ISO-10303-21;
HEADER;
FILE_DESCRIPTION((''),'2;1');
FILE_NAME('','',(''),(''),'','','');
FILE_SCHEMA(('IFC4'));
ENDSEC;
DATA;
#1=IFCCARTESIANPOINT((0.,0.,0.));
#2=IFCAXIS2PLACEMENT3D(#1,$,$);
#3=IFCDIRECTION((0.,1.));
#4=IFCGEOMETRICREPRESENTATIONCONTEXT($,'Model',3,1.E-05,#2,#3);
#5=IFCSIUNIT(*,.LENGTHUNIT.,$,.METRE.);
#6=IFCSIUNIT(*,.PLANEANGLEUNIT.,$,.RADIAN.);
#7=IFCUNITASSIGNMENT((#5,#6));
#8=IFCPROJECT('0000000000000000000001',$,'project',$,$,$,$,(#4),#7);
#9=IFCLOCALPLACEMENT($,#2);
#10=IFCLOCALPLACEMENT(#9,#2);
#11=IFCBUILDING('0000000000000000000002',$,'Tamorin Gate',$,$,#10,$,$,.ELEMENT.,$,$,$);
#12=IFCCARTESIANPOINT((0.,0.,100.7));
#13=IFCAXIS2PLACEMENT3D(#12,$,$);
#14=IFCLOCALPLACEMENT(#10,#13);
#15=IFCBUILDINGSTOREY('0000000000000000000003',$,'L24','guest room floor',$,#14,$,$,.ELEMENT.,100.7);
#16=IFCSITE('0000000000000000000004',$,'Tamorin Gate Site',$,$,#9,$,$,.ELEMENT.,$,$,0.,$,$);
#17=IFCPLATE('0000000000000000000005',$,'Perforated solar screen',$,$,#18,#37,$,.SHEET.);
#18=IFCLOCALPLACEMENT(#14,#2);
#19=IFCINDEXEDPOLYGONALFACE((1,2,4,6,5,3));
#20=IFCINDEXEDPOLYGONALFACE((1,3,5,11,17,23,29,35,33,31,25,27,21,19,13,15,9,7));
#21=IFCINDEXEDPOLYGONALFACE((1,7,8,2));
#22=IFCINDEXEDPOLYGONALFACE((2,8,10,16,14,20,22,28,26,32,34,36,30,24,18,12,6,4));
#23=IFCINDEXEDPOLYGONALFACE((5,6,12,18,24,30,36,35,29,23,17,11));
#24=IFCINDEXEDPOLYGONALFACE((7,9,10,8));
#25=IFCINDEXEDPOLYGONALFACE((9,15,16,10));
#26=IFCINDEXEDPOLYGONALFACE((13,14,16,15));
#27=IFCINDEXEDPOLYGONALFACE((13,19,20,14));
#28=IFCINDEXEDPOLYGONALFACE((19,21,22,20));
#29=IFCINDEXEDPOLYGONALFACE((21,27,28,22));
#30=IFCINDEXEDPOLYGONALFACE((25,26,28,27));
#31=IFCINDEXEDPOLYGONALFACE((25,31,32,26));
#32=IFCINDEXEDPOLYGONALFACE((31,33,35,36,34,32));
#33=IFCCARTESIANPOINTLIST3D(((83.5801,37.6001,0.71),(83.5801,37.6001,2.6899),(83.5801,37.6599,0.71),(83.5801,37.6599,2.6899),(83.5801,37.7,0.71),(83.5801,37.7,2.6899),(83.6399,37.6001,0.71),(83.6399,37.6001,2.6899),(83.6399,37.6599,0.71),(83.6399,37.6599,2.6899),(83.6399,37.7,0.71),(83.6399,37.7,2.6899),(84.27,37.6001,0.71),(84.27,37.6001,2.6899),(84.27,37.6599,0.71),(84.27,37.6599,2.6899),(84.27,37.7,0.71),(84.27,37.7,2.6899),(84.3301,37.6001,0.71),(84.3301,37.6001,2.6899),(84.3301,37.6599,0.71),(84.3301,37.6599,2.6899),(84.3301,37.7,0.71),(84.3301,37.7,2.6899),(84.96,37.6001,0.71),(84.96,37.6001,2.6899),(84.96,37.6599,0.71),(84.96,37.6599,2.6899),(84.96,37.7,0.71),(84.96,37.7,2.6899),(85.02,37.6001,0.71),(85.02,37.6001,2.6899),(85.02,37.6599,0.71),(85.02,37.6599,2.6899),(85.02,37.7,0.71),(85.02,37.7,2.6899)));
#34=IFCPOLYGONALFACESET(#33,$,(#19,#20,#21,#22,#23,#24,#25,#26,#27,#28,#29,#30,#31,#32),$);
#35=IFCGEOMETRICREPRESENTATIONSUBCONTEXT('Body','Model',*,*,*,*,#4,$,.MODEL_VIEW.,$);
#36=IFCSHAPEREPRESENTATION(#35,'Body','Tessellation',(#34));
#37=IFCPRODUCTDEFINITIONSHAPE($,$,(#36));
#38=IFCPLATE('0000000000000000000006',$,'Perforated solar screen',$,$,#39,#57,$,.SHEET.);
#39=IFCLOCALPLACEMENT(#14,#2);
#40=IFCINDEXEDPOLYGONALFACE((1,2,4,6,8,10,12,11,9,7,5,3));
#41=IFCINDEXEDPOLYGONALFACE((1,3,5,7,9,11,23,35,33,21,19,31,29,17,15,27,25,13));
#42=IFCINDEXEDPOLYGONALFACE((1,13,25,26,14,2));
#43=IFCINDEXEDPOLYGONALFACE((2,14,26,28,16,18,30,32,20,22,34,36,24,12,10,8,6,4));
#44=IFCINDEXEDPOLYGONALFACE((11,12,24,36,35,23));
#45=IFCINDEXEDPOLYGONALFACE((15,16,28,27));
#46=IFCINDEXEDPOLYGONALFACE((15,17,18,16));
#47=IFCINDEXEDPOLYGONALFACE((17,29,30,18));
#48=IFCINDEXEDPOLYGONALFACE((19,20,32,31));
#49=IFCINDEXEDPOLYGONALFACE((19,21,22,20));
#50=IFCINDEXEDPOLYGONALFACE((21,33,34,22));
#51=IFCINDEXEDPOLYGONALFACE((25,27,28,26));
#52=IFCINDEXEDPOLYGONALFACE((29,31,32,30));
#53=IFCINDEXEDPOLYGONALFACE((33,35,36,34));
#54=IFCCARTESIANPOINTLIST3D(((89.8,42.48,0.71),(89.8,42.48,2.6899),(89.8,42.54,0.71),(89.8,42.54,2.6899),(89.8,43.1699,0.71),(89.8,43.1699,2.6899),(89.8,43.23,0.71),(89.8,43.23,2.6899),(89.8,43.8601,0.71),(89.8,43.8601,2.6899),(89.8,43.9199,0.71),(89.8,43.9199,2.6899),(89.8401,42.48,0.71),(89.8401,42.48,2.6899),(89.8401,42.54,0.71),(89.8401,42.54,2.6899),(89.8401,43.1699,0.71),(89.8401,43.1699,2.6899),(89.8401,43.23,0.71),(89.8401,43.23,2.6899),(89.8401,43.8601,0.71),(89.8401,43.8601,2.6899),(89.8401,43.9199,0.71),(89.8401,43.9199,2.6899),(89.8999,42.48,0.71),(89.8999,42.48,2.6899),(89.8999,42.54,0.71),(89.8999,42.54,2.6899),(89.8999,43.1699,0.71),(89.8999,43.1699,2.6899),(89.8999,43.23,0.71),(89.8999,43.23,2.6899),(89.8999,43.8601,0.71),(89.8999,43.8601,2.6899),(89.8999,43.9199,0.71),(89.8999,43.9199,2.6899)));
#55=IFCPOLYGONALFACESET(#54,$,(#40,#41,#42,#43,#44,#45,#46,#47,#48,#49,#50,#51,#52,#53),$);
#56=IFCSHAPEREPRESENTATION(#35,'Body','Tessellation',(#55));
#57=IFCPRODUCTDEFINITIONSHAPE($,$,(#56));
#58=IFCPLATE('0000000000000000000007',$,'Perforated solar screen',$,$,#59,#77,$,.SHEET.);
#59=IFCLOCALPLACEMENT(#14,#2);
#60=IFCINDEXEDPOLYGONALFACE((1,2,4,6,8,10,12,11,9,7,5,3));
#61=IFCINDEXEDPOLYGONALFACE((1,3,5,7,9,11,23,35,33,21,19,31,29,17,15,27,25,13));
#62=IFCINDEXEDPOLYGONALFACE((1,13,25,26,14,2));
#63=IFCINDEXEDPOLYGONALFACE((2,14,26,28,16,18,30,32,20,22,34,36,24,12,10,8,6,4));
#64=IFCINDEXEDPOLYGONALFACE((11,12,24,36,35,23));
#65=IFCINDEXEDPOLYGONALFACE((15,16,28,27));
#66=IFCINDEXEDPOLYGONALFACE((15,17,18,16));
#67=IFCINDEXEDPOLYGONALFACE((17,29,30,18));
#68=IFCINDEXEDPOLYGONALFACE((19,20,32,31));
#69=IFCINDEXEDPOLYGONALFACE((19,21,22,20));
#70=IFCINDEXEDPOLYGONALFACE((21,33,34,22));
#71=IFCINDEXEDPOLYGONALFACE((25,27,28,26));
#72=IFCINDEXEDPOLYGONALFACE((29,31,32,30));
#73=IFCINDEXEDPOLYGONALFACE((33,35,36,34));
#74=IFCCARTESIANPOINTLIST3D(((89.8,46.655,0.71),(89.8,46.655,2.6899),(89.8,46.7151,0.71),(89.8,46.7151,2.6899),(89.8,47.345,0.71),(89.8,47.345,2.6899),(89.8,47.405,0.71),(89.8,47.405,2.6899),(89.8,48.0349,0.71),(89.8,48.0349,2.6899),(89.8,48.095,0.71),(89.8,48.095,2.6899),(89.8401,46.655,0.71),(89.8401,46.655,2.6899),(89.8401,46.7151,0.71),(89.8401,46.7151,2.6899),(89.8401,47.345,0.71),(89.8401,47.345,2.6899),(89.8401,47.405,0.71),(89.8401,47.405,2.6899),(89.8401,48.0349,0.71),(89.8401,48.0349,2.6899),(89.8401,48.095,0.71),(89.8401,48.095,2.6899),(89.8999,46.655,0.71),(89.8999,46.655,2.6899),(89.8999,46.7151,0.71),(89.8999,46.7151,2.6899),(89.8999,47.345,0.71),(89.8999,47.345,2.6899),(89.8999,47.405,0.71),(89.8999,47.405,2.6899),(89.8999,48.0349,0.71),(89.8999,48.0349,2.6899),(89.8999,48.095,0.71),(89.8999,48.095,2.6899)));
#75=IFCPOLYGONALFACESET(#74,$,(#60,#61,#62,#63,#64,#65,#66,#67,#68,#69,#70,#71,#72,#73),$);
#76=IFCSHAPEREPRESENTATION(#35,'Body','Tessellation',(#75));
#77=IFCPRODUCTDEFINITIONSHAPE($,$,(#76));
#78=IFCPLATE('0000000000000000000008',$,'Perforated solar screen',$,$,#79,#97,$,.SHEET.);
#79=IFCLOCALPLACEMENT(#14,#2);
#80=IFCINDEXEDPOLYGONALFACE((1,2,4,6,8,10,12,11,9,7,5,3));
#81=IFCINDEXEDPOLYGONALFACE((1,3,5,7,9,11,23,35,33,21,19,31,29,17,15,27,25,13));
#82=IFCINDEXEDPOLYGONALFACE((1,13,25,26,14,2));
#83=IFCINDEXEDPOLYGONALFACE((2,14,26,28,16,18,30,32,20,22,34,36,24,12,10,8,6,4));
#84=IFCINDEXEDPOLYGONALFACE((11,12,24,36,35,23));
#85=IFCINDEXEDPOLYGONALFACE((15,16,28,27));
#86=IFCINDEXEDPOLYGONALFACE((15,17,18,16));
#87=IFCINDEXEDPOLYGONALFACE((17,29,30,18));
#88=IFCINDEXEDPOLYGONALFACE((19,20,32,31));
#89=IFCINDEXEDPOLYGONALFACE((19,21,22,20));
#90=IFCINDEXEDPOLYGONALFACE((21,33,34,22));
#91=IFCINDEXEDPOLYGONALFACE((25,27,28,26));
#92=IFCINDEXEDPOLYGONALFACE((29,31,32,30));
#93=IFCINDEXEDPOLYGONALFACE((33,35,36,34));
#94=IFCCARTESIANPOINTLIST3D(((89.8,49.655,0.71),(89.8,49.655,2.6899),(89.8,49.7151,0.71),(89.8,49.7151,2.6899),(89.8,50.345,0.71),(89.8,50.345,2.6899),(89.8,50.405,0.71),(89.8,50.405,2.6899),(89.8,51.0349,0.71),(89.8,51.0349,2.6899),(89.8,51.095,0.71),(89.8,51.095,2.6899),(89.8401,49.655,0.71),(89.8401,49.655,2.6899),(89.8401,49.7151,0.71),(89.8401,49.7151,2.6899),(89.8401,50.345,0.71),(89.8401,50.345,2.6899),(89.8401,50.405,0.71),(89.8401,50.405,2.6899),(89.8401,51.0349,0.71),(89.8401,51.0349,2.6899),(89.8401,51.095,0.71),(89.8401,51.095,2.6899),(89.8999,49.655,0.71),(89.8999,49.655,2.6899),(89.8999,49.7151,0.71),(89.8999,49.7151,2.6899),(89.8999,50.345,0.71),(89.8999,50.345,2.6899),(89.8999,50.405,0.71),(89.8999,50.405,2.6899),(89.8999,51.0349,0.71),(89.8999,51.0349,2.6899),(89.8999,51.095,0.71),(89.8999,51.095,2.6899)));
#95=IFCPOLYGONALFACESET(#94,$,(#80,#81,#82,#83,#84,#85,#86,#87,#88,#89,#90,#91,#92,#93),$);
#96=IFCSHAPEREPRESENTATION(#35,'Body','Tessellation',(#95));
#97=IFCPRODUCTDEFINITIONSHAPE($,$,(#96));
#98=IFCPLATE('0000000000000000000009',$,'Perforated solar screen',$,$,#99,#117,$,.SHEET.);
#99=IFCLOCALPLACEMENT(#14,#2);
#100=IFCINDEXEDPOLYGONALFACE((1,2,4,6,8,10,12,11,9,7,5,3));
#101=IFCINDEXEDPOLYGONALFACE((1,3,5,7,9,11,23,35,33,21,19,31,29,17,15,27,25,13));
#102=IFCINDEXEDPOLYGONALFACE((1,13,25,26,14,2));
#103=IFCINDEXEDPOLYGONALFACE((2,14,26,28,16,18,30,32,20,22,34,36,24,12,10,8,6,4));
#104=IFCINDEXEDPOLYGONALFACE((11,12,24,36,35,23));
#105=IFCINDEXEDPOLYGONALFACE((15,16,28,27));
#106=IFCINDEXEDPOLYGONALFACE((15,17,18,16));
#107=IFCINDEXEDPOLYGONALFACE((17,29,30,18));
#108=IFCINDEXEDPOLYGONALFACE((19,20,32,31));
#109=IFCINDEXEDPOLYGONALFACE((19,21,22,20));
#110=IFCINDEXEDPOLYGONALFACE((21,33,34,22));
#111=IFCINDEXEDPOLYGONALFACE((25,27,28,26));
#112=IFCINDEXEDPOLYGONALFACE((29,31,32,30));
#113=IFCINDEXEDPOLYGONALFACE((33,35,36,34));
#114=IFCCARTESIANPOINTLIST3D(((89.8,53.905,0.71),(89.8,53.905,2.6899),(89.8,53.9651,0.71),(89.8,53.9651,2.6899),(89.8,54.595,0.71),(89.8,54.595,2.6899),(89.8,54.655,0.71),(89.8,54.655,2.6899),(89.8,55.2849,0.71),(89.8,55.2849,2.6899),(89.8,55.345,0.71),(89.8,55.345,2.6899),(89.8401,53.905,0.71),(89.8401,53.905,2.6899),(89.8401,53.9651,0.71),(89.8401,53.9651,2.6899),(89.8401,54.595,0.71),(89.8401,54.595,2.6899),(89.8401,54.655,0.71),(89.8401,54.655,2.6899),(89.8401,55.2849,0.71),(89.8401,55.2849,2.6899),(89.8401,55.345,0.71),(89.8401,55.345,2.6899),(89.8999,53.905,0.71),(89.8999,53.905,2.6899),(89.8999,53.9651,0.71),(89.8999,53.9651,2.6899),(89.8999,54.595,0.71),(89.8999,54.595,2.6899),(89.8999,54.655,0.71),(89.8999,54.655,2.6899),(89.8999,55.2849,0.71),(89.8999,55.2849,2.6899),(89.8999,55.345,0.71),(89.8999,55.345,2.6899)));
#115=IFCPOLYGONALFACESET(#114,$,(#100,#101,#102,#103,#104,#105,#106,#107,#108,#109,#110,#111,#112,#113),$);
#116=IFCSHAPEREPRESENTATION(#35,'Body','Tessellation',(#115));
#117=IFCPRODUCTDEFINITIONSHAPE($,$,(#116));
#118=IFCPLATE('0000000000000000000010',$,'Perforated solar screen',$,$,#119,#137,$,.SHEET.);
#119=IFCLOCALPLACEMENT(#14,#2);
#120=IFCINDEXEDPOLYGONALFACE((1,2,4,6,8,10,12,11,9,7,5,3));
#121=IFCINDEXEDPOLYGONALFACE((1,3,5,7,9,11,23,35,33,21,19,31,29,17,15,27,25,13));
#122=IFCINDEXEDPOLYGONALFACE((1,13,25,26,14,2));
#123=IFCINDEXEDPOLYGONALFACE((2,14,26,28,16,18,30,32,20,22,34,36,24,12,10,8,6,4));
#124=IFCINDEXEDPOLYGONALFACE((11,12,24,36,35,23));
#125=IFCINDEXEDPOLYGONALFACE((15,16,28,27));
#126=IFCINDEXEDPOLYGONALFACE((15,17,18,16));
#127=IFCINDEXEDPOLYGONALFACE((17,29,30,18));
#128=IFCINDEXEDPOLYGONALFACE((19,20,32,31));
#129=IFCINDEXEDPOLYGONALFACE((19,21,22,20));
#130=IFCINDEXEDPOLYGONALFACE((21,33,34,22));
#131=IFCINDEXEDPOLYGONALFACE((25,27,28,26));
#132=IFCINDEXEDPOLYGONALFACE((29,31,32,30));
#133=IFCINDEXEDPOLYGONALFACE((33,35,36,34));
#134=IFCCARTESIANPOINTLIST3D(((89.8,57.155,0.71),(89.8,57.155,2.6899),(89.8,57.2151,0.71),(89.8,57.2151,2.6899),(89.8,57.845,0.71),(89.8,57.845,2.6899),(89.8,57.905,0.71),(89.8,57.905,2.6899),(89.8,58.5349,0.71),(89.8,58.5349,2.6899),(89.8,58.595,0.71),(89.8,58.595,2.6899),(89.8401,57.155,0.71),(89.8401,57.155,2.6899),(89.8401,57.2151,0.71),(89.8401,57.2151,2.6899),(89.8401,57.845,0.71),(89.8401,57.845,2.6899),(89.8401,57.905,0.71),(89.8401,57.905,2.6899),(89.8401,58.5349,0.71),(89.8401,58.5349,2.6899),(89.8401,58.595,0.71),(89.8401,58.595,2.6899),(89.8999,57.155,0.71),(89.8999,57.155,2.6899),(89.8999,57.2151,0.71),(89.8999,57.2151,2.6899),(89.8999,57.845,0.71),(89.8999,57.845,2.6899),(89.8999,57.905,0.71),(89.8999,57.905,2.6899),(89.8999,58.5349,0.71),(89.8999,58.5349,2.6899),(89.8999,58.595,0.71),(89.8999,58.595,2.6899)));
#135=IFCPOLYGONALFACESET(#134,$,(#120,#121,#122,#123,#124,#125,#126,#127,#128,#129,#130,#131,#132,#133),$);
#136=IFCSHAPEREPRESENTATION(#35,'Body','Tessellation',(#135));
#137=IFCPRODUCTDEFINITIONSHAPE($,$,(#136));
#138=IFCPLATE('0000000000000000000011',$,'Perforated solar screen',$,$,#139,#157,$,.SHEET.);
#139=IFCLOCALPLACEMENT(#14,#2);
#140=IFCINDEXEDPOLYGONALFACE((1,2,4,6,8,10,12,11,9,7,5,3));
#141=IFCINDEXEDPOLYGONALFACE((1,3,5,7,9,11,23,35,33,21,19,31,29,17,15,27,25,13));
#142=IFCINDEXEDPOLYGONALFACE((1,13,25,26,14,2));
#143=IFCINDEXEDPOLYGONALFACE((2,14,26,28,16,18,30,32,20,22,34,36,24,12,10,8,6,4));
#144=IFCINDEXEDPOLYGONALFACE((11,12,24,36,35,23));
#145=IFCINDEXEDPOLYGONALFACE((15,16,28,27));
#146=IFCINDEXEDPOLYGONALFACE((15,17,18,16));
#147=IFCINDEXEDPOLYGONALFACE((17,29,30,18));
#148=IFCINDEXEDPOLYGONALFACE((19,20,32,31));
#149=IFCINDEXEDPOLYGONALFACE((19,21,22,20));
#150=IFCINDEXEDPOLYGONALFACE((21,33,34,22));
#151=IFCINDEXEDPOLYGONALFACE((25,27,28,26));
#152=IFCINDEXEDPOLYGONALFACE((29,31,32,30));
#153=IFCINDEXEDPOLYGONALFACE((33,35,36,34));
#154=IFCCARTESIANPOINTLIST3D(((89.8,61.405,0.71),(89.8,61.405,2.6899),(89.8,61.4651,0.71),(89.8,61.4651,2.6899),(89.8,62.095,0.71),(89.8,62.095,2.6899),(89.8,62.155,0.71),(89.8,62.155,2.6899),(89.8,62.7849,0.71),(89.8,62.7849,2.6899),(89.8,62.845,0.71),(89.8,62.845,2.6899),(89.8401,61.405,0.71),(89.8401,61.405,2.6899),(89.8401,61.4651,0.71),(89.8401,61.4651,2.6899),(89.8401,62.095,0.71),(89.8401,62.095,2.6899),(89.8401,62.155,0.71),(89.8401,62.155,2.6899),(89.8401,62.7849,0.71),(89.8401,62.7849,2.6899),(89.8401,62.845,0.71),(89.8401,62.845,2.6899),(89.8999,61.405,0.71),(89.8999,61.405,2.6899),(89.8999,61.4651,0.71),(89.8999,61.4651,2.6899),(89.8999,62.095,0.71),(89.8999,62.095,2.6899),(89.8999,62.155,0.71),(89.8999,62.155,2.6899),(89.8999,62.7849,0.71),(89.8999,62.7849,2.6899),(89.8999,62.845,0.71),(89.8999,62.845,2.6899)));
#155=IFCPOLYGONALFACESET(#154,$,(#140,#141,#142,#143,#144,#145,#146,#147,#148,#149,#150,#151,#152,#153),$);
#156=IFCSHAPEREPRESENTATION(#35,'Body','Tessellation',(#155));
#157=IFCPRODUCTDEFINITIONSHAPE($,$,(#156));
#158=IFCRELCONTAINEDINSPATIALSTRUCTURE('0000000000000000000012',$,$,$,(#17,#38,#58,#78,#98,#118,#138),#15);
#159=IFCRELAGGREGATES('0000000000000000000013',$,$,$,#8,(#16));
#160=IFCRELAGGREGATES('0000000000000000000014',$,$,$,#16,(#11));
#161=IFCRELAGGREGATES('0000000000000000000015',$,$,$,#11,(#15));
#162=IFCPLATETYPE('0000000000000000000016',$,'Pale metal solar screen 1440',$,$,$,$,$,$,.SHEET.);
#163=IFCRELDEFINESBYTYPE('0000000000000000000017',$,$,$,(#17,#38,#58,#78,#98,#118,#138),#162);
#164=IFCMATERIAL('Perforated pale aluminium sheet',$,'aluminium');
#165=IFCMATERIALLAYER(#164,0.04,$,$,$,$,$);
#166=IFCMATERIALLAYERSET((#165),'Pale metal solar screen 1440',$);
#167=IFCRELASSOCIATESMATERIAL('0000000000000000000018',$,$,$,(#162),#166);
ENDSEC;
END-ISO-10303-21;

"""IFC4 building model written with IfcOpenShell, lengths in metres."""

from ifc_helpers import new_model, si_unit, direction, frame, origin, place, context, subcontext, project, spatial, polyline, outline, extrude, material, layer, layer_set, type_object, element, save


model = new_model("IFC4")

# Units and contexts
model_context = context("Model", 3, precision=1e-05, world=origin(), true_north=direction((0.0, 1.0)))
body_context = subcontext(model_context, "Body", "Model", "MODEL_VIEW")
ifc_project = project(units=[si_unit("LENGTHUNIT", "METRE"), si_unit("PLANEANGLEUNIT", "RADIAN")], contexts=[model_context])

# Site, building, storey
site_placement = place(None, origin())
site = spatial("IfcSite", under=ifc_project, at=site_placement, Name="Tamorin Gate Site", CompositionType="ELEMENT", RefElevation=0.0)
building_placement = place(site_placement, origin())
building = spatial("IfcBuilding", under=site, at=building_placement, Name="Tamorin Gate", CompositionType="ELEMENT")
storey_placement = place(building_placement, frame((0.0, 0.0, 100.7)))
storey = spatial("IfcBuildingStorey", under=building, at=storey_placement, Name="L24", Description="guest room floor", CompositionType="ELEMENT", Elevation=100.7)

# Plates
ifc_material_1 = material(Name="Perforated pale aluminium sheet", Category="aluminium")
ifc_layer_1 = layer(ifc_material_1, 0.04)
ifc_layer_set_1 = layer_set([ifc_layer_1], Name="Pale metal solar screen 1440")
plate_type = type_object("IfcPlateType", Name="Pale metal solar screen 1440", PredefinedType="SHEET", material=ifc_layer_set_1)
plate_1_placement = place(storey_placement, frame((0.0, 0.0, 0.71)))
element("IfcPlate", 1, at=plate_1_placement, inside=storey, type_object=plate_type, Name="Perforated solar screen", PredefinedType="SHEET", context=body_context, shape_type="SweptSolid", body=[
    extrude(outline(polyline([(83.5801, 37.6599), (83.5801, 37.7), (83.6399, 37.7), (84.27, 37.7), (84.3301, 37.7), (84.96, 37.7), (85.02, 37.7), (85.02, 37.6599), (85.02, 37.6001), (84.96, 37.6001), (84.96, 37.6599), (84.3301, 37.6599), (84.3301, 37.6001), (84.27, 37.6001), (84.27, 37.6599), (83.6399, 37.6599), (83.6399, 37.6001), (83.5801, 37.6001), (83.5801, 37.6599)])), origin(), (0.0, 0.0, 1.0), 1.98),
])
plate_2_placement = place(storey_placement, frame((0.0, 0.0, 0.71)))
element("IfcPlate", 2, at=plate_2_placement, inside=storey, type_object=plate_type, Name="Perforated solar screen", PredefinedType="SHEET", context=body_context, shape_type="SweptSolid", body=[
    extrude(outline(polyline([(89.8401, 42.48), (89.8, 42.48), (89.8, 42.54), (89.8, 43.1699), (89.8, 43.23), (89.8, 43.8601), (89.8, 43.9199), (89.8401, 43.9199), (89.8999, 43.9199), (89.8999, 43.8601), (89.8401, 43.8601), (89.8401, 43.23), (89.8999, 43.23), (89.8999, 43.1699), (89.8401, 43.1699), (89.8401, 42.54), (89.8999, 42.54), (89.8999, 42.48), (89.8401, 42.48)])), origin(), (0.0, 0.0, 1.0), 1.98),
])
plate_3_placement = place(storey_placement, frame((0.0, 0.0, 0.71)))
element("IfcPlate", 3, at=plate_3_placement, inside=storey, type_object=plate_type, Name="Perforated solar screen", PredefinedType="SHEET", context=body_context, shape_type="SweptSolid", body=[
    extrude(outline(polyline([(89.8401, 46.655), (89.8, 46.655), (89.8, 46.7151), (89.8, 47.345), (89.8, 47.405), (89.8, 48.0349), (89.8, 48.095), (89.8, 48.095), (89.8401, 48.095), (89.8401, 48.095), (89.8999, 48.095), (89.8999, 48.0349), (89.8401, 48.0349), (89.8401, 47.405), (89.8999, 47.405), (89.8999, 47.345), (89.8401, 47.345), (89.8401, 46.7151), (89.8999, 46.7151), (89.8999, 46.655), (89.8401, 46.655)])), origin(), (0.0, 0.0, 1.0), 1.98),
])
plate_4_placement = place(storey_placement, frame((0.0, 0.0, 0.71)))
element("IfcPlate", 4, at=plate_4_placement, inside=storey, type_object=plate_type, Name="Perforated solar screen", PredefinedType="SHEET", context=body_context, shape_type="SweptSolid", body=[
    extrude(outline(polyline([(89.8401, 49.655), (89.8, 49.655), (89.8, 49.7151), (89.8, 50.345), (89.8, 50.405), (89.8, 51.0349), (89.8, 51.095), (89.8401, 51.095), (89.8999, 51.095), (89.8999, 51.0349), (89.8401, 51.0349), (89.8401, 50.405), (89.8999, 50.405), (89.8999, 50.345), (89.8401, 50.345), (89.8401, 49.7151), (89.8999, 49.7151), (89.8999, 49.655), (89.8401, 49.655)])), origin(), (0.0, 0.0, 1.0), 1.98),
])
plate_5_placement = place(storey_placement, frame((0.0, 0.0, 0.71)))
element("IfcPlate", 5, at=plate_5_placement, inside=storey, type_object=plate_type, Name="Perforated solar screen", PredefinedType="SHEET", context=body_context, shape_type="SweptSolid", body=[
    extrude(outline(polyline([(89.8401, 53.905), (89.8, 53.905), (89.8, 53.9651), (89.8, 54.595), (89.8, 54.655), (89.8, 55.2849), (89.8, 55.345), (89.8401, 55.345), (89.8999, 55.345), (89.8999, 55.2849), (89.8401, 55.2849), (89.8401, 54.655), (89.8999, 54.655), (89.8999, 54.595), (89.8401, 54.595), (89.8401, 53.9651), (89.8999, 53.9651), (89.8999, 53.905), (89.8401, 53.905)])), origin(), (0.0, 0.0, 1.0), 1.98),
])
plate_6_placement = place(storey_placement, frame((0.0, 0.0, 0.71)))
element("IfcPlate", 6, at=plate_6_placement, inside=storey, type_object=plate_type, Name="Perforated solar screen", PredefinedType="SHEET", context=body_context, shape_type="SweptSolid", body=[
    extrude(outline(polyline([(89.8401, 57.155), (89.8, 57.155), (89.8, 57.2151), (89.8, 57.845), (89.8, 57.905), (89.8, 58.5349), (89.8, 58.595), (89.8401, 58.595), (89.8999, 58.595), (89.8999, 58.5349), (89.8401, 58.5349), (89.8401, 57.905), (89.8999, 57.905), (89.8999, 57.845), (89.8401, 57.845), (89.8401, 57.2151), (89.8999, 57.2151), (89.8999, 57.155), (89.8401, 57.155)])), origin(), (0.0, 0.0, 1.0), 1.98),
])
plate_7_placement = place(storey_placement, frame((0.0, 0.0, 0.71)))
element("IfcPlate", 7, at=plate_7_placement, inside=storey, type_object=plate_type, Name="Perforated solar screen", PredefinedType="SHEET", context=body_context, shape_type="SweptSolid", body=[
    extrude(outline(polyline([(89.8401, 61.405), (89.8, 61.405), (89.8, 61.4651), (89.8, 62.095), (89.8, 62.155), (89.8, 62.7849), (89.8, 62.845), (89.8401, 62.845), (89.8999, 62.845), (89.8999, 62.7849), (89.8401, 62.7849), (89.8401, 62.155), (89.8999, 62.155), (89.8999, 62.095), (89.8401, 62.095), (89.8401, 61.4651), (89.8999, 61.4651), (89.8999, 61.405), (89.8401, 61.405)])), origin(), (0.0, 0.0, 1.0), 1.98),
])

save(model, "model.ifc")
